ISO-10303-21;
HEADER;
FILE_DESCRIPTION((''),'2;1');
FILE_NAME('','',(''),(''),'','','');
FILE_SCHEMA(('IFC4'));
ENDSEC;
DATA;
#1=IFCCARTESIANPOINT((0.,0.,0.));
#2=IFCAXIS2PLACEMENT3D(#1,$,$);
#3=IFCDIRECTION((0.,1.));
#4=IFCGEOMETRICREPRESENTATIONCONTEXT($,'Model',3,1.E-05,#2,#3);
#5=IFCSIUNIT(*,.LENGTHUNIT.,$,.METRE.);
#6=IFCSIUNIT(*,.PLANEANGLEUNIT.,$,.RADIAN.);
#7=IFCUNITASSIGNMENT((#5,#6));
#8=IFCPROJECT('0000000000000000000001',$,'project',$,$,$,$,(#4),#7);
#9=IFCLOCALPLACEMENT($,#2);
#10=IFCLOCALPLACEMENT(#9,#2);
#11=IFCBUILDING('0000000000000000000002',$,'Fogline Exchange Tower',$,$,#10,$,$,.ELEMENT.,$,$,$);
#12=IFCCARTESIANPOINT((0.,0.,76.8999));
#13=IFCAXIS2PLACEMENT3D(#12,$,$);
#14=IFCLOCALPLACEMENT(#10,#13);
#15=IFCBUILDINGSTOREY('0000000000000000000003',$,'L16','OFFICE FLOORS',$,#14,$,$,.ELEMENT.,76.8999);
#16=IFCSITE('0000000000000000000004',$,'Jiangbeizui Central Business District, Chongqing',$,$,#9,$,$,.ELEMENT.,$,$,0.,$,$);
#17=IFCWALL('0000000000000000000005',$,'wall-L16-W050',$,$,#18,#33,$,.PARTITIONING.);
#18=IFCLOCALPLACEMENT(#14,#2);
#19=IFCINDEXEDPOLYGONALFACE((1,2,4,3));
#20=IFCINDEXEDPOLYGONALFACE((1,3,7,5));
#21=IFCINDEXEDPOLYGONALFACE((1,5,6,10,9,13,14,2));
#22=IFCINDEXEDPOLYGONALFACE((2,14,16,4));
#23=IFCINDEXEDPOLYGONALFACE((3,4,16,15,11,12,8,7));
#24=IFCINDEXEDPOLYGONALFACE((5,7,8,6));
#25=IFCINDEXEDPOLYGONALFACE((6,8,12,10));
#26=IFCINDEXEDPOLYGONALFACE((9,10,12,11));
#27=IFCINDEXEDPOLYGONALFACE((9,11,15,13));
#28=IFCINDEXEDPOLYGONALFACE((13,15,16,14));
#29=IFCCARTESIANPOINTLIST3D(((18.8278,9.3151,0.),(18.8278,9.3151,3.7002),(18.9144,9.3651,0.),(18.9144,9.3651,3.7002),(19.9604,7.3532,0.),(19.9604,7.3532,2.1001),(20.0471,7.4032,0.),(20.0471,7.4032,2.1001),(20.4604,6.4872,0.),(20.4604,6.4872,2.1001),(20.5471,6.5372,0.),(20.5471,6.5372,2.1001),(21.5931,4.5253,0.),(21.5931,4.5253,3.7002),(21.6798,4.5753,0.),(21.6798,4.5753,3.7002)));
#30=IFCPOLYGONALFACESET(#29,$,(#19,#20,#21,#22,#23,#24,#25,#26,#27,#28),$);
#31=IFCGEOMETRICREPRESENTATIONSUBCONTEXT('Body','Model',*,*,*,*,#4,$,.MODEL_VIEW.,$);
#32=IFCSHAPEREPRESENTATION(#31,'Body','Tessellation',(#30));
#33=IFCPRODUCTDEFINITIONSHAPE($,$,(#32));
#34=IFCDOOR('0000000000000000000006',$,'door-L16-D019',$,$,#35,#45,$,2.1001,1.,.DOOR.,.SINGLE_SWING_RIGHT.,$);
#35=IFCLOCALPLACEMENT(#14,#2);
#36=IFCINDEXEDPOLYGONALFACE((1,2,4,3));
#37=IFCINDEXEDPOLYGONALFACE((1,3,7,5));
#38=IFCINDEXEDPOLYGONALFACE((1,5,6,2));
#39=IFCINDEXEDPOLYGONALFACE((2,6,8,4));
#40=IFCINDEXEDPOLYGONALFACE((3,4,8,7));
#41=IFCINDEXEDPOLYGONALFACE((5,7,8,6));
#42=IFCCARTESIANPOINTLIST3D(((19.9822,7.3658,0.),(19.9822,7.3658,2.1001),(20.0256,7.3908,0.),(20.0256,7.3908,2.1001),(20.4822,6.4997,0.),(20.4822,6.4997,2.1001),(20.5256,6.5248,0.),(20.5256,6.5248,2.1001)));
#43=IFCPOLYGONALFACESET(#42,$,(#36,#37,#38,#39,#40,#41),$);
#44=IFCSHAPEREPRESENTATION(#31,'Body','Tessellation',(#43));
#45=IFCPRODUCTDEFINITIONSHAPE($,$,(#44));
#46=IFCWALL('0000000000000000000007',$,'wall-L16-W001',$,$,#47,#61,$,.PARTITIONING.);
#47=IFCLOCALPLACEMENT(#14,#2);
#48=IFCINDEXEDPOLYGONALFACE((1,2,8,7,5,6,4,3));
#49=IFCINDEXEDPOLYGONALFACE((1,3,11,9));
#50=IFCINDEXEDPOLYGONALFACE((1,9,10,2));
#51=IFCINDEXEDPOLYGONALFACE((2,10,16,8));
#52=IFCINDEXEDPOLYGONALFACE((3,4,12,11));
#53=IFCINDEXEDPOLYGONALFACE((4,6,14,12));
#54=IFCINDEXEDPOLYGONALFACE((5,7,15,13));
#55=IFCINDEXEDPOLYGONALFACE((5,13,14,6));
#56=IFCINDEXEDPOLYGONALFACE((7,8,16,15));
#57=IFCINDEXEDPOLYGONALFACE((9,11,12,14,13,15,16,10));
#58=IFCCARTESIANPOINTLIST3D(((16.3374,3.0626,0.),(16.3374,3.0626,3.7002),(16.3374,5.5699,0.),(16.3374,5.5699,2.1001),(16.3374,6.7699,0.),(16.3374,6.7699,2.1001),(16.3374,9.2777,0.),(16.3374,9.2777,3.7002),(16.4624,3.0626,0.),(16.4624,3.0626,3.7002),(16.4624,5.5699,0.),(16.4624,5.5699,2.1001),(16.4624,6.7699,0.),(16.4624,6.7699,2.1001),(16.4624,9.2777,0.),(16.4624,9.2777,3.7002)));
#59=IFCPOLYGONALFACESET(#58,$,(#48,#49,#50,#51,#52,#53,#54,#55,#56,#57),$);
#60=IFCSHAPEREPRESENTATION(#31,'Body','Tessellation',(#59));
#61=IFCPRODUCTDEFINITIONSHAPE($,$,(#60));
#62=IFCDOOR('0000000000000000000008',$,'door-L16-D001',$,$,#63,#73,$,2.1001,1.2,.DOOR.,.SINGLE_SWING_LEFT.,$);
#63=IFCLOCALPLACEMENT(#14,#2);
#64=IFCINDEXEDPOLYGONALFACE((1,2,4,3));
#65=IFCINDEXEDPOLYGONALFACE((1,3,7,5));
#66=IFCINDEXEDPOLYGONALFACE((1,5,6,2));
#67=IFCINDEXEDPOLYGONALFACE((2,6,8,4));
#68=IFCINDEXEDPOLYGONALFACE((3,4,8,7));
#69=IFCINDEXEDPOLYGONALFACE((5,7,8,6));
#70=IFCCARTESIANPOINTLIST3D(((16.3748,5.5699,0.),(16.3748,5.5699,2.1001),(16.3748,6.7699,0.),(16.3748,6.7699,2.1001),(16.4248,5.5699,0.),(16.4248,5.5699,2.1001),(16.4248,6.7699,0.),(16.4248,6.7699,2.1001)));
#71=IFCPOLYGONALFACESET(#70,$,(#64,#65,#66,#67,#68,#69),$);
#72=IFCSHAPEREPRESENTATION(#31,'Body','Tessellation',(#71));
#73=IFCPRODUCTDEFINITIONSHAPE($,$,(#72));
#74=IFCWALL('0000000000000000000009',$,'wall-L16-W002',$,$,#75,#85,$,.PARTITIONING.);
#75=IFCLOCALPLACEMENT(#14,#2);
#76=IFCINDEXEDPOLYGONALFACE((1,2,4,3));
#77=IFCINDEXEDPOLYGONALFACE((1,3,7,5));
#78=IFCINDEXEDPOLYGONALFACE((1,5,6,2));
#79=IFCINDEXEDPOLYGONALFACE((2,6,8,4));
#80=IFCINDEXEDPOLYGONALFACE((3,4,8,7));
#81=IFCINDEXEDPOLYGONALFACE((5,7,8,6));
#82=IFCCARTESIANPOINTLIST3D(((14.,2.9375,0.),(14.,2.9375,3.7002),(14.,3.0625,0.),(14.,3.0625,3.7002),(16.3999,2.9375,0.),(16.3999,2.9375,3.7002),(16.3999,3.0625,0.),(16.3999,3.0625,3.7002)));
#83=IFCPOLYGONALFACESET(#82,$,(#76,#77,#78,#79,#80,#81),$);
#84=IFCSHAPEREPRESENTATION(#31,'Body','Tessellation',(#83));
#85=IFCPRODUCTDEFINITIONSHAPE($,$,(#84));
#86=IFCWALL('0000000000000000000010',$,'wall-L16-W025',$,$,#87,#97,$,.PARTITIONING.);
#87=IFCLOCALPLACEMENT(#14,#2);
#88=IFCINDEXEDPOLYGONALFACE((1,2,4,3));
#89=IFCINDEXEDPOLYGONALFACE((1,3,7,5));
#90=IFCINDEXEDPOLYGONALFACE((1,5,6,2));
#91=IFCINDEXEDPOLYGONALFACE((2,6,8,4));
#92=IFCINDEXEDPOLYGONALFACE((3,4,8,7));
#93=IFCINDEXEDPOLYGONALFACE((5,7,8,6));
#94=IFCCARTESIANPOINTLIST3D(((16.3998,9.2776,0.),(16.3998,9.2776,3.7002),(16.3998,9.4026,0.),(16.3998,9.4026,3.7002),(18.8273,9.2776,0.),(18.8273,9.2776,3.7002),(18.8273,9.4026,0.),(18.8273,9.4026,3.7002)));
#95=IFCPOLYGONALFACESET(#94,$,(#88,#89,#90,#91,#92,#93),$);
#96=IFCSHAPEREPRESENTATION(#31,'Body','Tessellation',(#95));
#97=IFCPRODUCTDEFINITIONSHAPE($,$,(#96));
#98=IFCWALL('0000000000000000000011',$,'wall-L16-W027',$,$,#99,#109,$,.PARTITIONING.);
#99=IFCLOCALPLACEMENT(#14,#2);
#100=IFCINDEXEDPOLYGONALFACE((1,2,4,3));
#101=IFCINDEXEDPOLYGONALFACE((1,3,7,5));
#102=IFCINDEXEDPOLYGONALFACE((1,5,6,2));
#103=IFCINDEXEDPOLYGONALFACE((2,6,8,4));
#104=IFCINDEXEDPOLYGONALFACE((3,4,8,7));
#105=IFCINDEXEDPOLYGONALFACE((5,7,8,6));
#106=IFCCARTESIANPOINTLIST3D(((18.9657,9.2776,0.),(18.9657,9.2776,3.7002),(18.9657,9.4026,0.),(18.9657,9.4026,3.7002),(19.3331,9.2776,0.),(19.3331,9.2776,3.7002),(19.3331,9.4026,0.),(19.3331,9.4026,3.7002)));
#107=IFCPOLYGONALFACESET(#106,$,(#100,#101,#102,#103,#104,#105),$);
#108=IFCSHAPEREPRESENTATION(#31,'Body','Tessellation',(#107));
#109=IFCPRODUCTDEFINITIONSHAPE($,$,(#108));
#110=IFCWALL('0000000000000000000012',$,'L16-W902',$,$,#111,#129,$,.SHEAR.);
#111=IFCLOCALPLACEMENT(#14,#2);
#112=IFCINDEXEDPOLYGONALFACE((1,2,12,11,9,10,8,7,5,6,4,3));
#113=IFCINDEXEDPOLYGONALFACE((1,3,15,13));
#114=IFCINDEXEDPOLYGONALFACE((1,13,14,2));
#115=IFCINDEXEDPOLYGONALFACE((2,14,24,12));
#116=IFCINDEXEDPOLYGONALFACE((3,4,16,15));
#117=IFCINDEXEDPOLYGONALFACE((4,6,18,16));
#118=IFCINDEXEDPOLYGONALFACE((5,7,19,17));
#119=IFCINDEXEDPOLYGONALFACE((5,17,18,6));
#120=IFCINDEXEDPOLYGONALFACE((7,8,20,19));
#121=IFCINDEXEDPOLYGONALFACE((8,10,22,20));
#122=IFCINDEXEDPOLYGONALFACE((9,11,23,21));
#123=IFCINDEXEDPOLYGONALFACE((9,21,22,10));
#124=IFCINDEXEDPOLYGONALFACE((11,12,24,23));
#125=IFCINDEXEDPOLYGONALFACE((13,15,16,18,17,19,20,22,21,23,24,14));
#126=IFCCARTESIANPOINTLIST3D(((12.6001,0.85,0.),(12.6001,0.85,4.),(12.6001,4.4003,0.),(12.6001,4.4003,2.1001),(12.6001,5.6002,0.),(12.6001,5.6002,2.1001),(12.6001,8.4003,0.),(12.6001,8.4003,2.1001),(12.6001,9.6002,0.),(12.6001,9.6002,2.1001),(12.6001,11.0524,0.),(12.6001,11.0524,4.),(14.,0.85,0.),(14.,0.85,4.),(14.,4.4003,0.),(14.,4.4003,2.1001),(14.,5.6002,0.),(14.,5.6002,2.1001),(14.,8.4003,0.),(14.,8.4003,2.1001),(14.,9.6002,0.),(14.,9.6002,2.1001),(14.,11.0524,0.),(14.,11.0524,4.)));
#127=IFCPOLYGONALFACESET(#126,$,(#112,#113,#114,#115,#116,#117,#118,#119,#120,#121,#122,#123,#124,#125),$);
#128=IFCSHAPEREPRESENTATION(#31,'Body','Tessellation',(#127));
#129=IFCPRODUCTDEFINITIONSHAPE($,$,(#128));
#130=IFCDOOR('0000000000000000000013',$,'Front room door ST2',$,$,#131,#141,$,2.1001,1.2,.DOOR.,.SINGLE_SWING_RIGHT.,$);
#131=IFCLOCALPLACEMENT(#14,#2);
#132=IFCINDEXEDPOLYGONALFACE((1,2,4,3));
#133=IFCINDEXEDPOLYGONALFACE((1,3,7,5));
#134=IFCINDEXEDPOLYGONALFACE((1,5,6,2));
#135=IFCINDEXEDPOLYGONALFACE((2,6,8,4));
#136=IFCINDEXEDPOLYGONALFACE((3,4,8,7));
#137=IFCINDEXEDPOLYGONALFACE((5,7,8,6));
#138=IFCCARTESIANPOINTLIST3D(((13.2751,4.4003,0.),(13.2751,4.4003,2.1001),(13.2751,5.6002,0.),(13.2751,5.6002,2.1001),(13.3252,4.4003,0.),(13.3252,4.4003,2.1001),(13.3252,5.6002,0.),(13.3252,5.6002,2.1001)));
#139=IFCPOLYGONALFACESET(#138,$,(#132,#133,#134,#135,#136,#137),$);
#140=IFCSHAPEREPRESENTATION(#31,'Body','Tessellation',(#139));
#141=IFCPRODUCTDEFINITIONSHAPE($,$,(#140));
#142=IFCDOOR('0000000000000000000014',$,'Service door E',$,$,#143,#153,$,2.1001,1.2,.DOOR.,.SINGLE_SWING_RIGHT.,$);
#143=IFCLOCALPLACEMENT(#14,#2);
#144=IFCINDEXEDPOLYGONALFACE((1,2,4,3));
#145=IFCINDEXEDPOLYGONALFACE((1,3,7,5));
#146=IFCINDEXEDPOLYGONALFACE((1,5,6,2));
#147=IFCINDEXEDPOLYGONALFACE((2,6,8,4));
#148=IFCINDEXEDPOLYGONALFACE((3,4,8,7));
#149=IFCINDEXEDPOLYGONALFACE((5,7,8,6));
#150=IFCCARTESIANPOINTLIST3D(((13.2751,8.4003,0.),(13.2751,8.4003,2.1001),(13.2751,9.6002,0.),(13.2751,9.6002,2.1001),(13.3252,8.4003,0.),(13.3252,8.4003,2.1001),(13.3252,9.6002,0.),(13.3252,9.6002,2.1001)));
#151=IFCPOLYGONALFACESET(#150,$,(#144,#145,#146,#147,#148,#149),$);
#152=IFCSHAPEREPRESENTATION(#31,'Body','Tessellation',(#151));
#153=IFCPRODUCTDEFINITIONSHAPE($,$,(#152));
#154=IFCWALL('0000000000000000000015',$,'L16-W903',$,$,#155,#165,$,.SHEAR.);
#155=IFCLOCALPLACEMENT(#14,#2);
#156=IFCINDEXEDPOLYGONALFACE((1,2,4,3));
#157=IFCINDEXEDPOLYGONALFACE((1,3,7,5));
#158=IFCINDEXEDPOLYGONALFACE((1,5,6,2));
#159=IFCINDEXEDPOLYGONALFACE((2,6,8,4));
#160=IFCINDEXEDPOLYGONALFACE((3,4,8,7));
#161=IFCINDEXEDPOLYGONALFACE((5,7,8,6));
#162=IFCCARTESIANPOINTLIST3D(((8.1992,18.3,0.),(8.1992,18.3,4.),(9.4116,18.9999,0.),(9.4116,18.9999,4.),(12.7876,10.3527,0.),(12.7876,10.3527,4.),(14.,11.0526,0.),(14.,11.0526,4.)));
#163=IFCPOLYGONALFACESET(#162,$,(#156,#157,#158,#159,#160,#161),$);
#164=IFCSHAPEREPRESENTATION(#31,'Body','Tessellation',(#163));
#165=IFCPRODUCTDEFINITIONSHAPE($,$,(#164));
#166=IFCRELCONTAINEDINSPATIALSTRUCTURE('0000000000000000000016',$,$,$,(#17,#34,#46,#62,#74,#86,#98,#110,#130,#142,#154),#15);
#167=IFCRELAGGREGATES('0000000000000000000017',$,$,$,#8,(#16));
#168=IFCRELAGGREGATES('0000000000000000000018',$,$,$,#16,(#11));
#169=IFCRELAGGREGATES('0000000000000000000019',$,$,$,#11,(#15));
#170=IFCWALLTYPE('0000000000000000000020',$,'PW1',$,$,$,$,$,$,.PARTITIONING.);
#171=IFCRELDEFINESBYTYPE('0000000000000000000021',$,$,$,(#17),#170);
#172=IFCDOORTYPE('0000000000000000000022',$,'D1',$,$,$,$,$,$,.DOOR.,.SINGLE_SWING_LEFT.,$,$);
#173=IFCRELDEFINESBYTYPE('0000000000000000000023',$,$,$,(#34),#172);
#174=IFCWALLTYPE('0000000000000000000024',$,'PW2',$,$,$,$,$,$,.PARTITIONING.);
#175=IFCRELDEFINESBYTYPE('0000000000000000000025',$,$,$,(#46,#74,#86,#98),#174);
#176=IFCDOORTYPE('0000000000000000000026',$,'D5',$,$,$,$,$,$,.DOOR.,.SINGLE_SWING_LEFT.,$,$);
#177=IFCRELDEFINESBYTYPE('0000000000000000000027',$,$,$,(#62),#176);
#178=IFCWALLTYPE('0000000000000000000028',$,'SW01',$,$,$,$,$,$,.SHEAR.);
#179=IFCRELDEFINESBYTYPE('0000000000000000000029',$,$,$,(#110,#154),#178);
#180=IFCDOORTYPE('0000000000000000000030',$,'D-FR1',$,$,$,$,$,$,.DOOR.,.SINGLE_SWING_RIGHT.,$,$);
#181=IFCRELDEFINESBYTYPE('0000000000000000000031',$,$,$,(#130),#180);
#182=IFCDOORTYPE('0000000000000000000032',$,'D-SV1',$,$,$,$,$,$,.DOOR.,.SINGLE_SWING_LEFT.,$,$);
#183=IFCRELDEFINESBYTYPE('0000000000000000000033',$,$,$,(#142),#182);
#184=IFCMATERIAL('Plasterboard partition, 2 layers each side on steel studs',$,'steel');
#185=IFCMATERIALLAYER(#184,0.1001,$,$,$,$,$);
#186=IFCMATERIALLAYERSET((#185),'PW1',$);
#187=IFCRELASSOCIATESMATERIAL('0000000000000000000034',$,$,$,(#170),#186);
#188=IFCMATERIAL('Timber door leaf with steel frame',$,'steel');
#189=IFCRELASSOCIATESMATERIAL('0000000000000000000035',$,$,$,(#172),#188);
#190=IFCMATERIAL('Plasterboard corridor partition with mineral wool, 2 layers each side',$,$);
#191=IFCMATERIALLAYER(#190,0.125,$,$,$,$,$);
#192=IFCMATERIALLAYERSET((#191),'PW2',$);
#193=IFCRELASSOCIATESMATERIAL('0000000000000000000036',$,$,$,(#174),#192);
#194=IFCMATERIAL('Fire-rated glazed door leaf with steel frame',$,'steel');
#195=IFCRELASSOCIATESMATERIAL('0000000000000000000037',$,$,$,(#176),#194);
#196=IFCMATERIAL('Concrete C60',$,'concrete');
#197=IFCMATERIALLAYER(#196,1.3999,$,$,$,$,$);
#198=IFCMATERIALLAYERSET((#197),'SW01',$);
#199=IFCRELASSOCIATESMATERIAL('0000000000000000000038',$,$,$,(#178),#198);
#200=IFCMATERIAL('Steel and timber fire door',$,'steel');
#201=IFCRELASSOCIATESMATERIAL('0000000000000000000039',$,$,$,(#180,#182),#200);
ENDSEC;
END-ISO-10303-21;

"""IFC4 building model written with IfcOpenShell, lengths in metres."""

from ifc_helpers import new_model, si_unit, direction, frame, frame_2d, origin, place, context, subcontext, project, spatial, rectangle, extrude, material, layer, layer_set, type_object, element, fill, save


model = new_model("IFC4")

# Units and contexts
model_context = context("Model", 3, precision=1e-05, world=origin(), true_north=direction((0.0, 1.0)))
body_context = subcontext(model_context, "Body", "Model", "MODEL_VIEW")
ifc_project = project(units=[si_unit("LENGTHUNIT", "METRE"), si_unit("PLANEANGLEUNIT", "RADIAN")], contexts=[model_context])

# Site, building, storey
site_placement = place(None, origin())
site = spatial("IfcSite", under=ifc_project, at=site_placement, Name="Jiangbeizui Central Business District, Chongqing", CompositionType="ELEMENT", RefElevation=0.0)
building_placement = place(site_placement, origin())
building = spatial("IfcBuilding", under=site, at=building_placement, Name="Fogline Exchange Tower", CompositionType="ELEMENT")
storey_placement = place(building_placement, frame((0.0, 0.0, 76.8999)))
storey = spatial("IfcBuildingStorey", under=building, at=storey_placement, Name="L16", Description="OFFICE FLOORS", CompositionType="ELEMENT", Elevation=76.8999)

# Shared definitions
ifc_material_1 = material(Name="Steel and timber fire door", Category="steel")

# Walls, openings, doors
ifc_material_2 = material(Name="Plasterboard partition, 2 layers each side on steel studs", Category="steel")
ifc_layer_1 = layer(ifc_material_2, 0.1001)
ifc_layer_set_1 = layer_set([ifc_layer_1], Name="PW1")
wall_type_1 = type_object("IfcWallType", Name="PW1", PredefinedType="PARTITIONING", material=ifc_layer_set_1)
wall_1_placement = place(storey_placement, frame((18.8711, 9.3401, 0.0), z_axis=(0.0, 0.0, 1.0), x_axis=(0.499999, -0.866026, 0.0)))
wall_1 = element("IfcWall", 1, at=wall_1_placement, inside=storey, type_object=wall_type_1, Name="wall-L16-W050", PredefinedType="PARTITIONING", context=body_context, shape_type="SweptSolid", body=[
    extrude(rectangle(XDim=5.5308, YDim=0.1001, at=frame_2d((2.7654, 0.0))), origin(), (0.0, 0.0, 1.0), 3.7002),
])
opening_1_placement = place(wall_1_placement, frame((2.2654, 0.0, 0.0)))
opening_1 = element("IfcOpeningElement", 2, at=opening_1_placement, cuts=wall_1, PredefinedType="OPENING", context=body_context, shape_type="SweptSolid", body=[
    extrude(rectangle(XDim=1.0, YDim=2.1001, at=frame_2d((0.5, 1.05))), frame((0.0, 0.0601, 0.0), z_axis=(0.0, -1.0, 0.0), x_axis=(1.0, 0.0, 0.0)), (0.0, 0.0, 1.0), 0.1201),
])
ifc_material_3 = material(Name="Timber door leaf with steel frame", Category="steel")
door_type_1 = type_object("IfcDoorType", Name="D1", OperationType="SINGLE_SWING_LEFT", PredefinedType="DOOR", material=ifc_material_3)
door_1_placement = place(opening_1_placement, frame((1.0, 0.0, 0.0), z_axis=(0.0, 0.0, 1.0), x_axis=(-1.0, 0.0, 0.0)))
door_1 = element("IfcDoor", 3, at=door_1_placement, inside=storey, type_object=door_type_1, Name="door-L16-D019", OperationType="SINGLE_SWING_RIGHT", OverallHeight=2.1001, OverallWidth=1.0, PredefinedType="DOOR", context=body_context, shape_type="SweptSolid", body=[
    extrude(rectangle(XDim=1.0, YDim=2.1001, at=frame_2d((0.5, 1.05))), frame((0.0, 0.0249, 0.0), z_axis=(0.0, -1.0, 0.0), x_axis=(1.0, 0.0, 0.0)), (0.0, 0.0, 1.0), 0.05),
])
fill(opening_1, door_1)
ifc_material_4 = material(Name="Plasterboard corridor partition with mineral wool, 2 layers each side")
ifc_layer_2 = layer(ifc_material_4, 0.125)
ifc_layer_set_2 = layer_set([ifc_layer_2], Name="PW2")
wall_type_2 = type_object("IfcWallType", Name="PW2", PredefinedType="PARTITIONING", material=ifc_layer_set_2)
wall_2_placement = place(storey_placement, frame((16.3999, 9.2776, 0.0), z_axis=(0.0, 0.0, 1.0), x_axis=(0.0, -1.0, 0.0)))
wall_2 = element("IfcWall", 4, at=wall_2_placement, inside=storey, type_object=wall_type_2, Name="wall-L16-W001", PredefinedType="PARTITIONING", context=body_context, shape_type="SweptSolid", body=[
    extrude(rectangle(XDim=6.2151, YDim=0.125, at=frame_2d((3.1074, 0.0))), origin(), (0.0, 0.0, 1.0), 3.7002),
])
opening_2_placement = place(wall_2_placement, frame((2.5076, 0.0, 0.0)))
opening_2 = element("IfcOpeningElement", 5, at=opening_2_placement, cuts=wall_2, PredefinedType="OPENING", context=body_context, shape_type="SweptSolid", body=[
    extrude(rectangle(XDim=1.2, YDim=2.1001, at=frame_2d((0.6001, 1.05))), frame((0.0, 0.0725, 0.0), z_axis=(0.0, -1.0, 0.0), x_axis=(1.0, 0.0, 0.0)), (0.0, 0.0, 1.0), 0.145),
])
ifc_material_5 = material(Name="Fire-rated glazed door leaf with steel frame", Category="steel")
door_type_2 = type_object("IfcDoorType", Name="D5", OperationType="SINGLE_SWING_LEFT", PredefinedType="DOOR", material=ifc_material_5)
door_2_placement = place(opening_2_placement, origin())
door_2 = element("IfcDoor", 6, at=door_2_placement, inside=storey, type_object=door_type_2, Name="door-L16-D001", OperationType="SINGLE_SWING_LEFT", OverallHeight=2.1001, OverallWidth=1.2, PredefinedType="DOOR", context=body_context, shape_type="SweptSolid", body=[
    extrude(rectangle(XDim=1.2, YDim=2.1001, at=frame_2d((0.6001, 1.05))), frame((0.0, 0.0249, 0.0), z_axis=(0.0, -1.0, 0.0), x_axis=(1.0, 0.0, 0.0)), (0.0, 0.0, 1.0), 0.05),
])
fill(opening_2, door_2)

# Walls
wall_3_placement = place(storey_placement, frame((16.3999, 3.0, 0.0), z_axis=(0.0, 0.0, 1.0), x_axis=(-1.0, 0.0, 0.0)))
element("IfcWall", 7, at=wall_3_placement, inside=storey, type_object=wall_type_2, Name="wall-L16-W002", PredefinedType="PARTITIONING", context=body_context, shape_type="SweptSolid", body=[
    extrude(rectangle(XDim=2.3999, YDim=0.125, at=frame_2d((1.2, 0.0))), origin(), (0.0, 0.0, 1.0), 3.7002),
])
wall_4_placement = place(storey_placement, frame((18.8274, 9.3401, 0.0), z_axis=(0.0, 0.0, 1.0), x_axis=(-1.0, 0.0, 0.0)))
element("IfcWall", 8, at=wall_4_placement, inside=storey, type_object=wall_type_2, Name="wall-L16-W025", PredefinedType="PARTITIONING", context=body_context, shape_type="SweptSolid", body=[
    extrude(rectangle(XDim=2.4275, YDim=0.125, at=frame_2d((1.2139, 0.0))), origin(), (0.0, 0.0, 1.0), 3.7002),
])
wall_5_placement = place(storey_placement, frame((19.333, 9.3401, 0.0), z_axis=(0.0, 0.0, 1.0), x_axis=(-1.0, 0.0, 0.0)))
element("IfcWall", 9, at=wall_5_placement, inside=storey, type_object=wall_type_2, Name="wall-L16-W027", PredefinedType="PARTITIONING", context=body_context, shape_type="SweptSolid", body=[
    extrude(rectangle(XDim=0.3674, YDim=0.125, at=frame_2d((0.1836, 0.0))), origin(), (0.0, 0.0, 1.0), 3.7002),
])

# Wall, openings, doors
ifc_material_6 = material(Name="Concrete C60", Category="concrete")
ifc_layer_3 = layer(ifc_material_6, 1.3999)
ifc_layer_set_3 = layer_set([ifc_layer_3], Name="SW01")
wall_type_3 = type_object("IfcWallType", Name="SW01", PredefinedType="SHEAR", material=ifc_layer_set_3)
wall_6_placement = place(storey_placement, frame((13.3, 0.8501, 0.0), z_axis=(0.0, 0.0, 1.0), x_axis=(0.0, 1.0, 0.0)))
wall_6 = element("IfcWall", 10, at=wall_6_placement, inside=storey, type_object=wall_type_3, Name="L16-W902", PredefinedType="SHEAR", context=body_context, shape_type="SweptSolid", body=[
    extrude(rectangle(XDim=10.2024, YDim=1.3999, at=frame_2d((5.1011, 0.0))), origin(), (0.0, 0.0, 1.0), 4.0),
])
opening_3_placement = place(wall_6_placement, frame((3.55, 0.0, 0.0)))
opening_3 = element("IfcOpeningElement", 11, at=opening_3_placement, cuts=wall_6, PredefinedType="OPENING", context=body_context, shape_type="SweptSolid", body=[
    extrude(rectangle(XDim=1.2, YDim=2.1001, at=frame_2d((0.6001, 1.05))), frame((0.0, 0.71, 0.0), z_axis=(0.0, -1.0, 0.0), x_axis=(1.0, 0.0, 0.0)), (0.0, 0.0, 1.0), 1.4199),
])
opening_4_placement = place(wall_6_placement, frame((7.55, 0.0, 0.0)))
opening_4 = element("IfcOpeningElement", 12, at=opening_4_placement, cuts=wall_6, PredefinedType="OPENING", context=body_context, shape_type="SweptSolid", body=[
    extrude(rectangle(XDim=1.2, YDim=2.1001, at=frame_2d((0.6001, 1.05))), frame((0.0, 0.71, 0.0), z_axis=(0.0, -1.0, 0.0), x_axis=(1.0, 0.0, 0.0)), (0.0, 0.0, 1.0), 1.4199),
])
door_type_3 = type_object("IfcDoorType", Name="D-FR1", OperationType="SINGLE_SWING_RIGHT", PredefinedType="DOOR", material=ifc_material_1)
door_3_placement = place(opening_3_placement, origin())
door_3 = element("IfcDoor", 13, at=door_3_placement, inside=storey, type_object=door_type_3, Name="Front room door ST2", OperationType="SINGLE_SWING_RIGHT", OverallHeight=2.1001, OverallWidth=1.2, PredefinedType="DOOR", context=body_context, shape_type="SweptSolid", body=[
    extrude(rectangle(XDim=1.2, YDim=2.1001, at=frame_2d((0.6001, 1.05))), frame((0.0, 0.0249, 0.0), z_axis=(0.0, -1.0, 0.0), x_axis=(1.0, 0.0, 0.0)), (0.0, 0.0, 1.0), 0.05),
])
fill(opening_3, door_3)
door_type_4 = type_object("IfcDoorType", Name="D-SV1", OperationType="SINGLE_SWING_LEFT", PredefinedType="DOOR", material=ifc_material_1)
door_4_placement = place(opening_4_placement, origin())
door_4 = element("IfcDoor", 14, at=door_4_placement, inside=storey, type_object=door_type_4, Name="Service door E", OperationType="SINGLE_SWING_RIGHT", OverallHeight=2.1001, OverallWidth=1.2, PredefinedType="DOOR", context=body_context, shape_type="SweptSolid", body=[
    extrude(rectangle(XDim=1.2, YDim=2.1001, at=frame_2d((0.6001, 1.05))), frame((0.0, 0.0249, 0.0), z_axis=(0.0, -1.0, 0.0), x_axis=(1.0, 0.0, 0.0)), (0.0, 0.0, 1.0), 0.05),
])
fill(opening_4, door_4)

# Wall
wall_7_placement = place(storey_placement, frame((13.3938, 10.7026, 0.0), z_axis=(0.0, 0.0, 1.0), x_axis=(-0.500002, 0.866024, 0.0)))
element("IfcWall", 15, at=wall_7_placement, inside=storey, type_object=wall_type_3, Name="L16-W903", PredefinedType="SHEAR", context=body_context, shape_type="SweptSolid", body=[
    extrude(rectangle(XDim=9.1768, YDim=1.3999, at=frame_2d((4.5884, 0.0))), origin(), (0.0, 0.0, 1.0), 4.0),
])

save(model, "model.ifc")
